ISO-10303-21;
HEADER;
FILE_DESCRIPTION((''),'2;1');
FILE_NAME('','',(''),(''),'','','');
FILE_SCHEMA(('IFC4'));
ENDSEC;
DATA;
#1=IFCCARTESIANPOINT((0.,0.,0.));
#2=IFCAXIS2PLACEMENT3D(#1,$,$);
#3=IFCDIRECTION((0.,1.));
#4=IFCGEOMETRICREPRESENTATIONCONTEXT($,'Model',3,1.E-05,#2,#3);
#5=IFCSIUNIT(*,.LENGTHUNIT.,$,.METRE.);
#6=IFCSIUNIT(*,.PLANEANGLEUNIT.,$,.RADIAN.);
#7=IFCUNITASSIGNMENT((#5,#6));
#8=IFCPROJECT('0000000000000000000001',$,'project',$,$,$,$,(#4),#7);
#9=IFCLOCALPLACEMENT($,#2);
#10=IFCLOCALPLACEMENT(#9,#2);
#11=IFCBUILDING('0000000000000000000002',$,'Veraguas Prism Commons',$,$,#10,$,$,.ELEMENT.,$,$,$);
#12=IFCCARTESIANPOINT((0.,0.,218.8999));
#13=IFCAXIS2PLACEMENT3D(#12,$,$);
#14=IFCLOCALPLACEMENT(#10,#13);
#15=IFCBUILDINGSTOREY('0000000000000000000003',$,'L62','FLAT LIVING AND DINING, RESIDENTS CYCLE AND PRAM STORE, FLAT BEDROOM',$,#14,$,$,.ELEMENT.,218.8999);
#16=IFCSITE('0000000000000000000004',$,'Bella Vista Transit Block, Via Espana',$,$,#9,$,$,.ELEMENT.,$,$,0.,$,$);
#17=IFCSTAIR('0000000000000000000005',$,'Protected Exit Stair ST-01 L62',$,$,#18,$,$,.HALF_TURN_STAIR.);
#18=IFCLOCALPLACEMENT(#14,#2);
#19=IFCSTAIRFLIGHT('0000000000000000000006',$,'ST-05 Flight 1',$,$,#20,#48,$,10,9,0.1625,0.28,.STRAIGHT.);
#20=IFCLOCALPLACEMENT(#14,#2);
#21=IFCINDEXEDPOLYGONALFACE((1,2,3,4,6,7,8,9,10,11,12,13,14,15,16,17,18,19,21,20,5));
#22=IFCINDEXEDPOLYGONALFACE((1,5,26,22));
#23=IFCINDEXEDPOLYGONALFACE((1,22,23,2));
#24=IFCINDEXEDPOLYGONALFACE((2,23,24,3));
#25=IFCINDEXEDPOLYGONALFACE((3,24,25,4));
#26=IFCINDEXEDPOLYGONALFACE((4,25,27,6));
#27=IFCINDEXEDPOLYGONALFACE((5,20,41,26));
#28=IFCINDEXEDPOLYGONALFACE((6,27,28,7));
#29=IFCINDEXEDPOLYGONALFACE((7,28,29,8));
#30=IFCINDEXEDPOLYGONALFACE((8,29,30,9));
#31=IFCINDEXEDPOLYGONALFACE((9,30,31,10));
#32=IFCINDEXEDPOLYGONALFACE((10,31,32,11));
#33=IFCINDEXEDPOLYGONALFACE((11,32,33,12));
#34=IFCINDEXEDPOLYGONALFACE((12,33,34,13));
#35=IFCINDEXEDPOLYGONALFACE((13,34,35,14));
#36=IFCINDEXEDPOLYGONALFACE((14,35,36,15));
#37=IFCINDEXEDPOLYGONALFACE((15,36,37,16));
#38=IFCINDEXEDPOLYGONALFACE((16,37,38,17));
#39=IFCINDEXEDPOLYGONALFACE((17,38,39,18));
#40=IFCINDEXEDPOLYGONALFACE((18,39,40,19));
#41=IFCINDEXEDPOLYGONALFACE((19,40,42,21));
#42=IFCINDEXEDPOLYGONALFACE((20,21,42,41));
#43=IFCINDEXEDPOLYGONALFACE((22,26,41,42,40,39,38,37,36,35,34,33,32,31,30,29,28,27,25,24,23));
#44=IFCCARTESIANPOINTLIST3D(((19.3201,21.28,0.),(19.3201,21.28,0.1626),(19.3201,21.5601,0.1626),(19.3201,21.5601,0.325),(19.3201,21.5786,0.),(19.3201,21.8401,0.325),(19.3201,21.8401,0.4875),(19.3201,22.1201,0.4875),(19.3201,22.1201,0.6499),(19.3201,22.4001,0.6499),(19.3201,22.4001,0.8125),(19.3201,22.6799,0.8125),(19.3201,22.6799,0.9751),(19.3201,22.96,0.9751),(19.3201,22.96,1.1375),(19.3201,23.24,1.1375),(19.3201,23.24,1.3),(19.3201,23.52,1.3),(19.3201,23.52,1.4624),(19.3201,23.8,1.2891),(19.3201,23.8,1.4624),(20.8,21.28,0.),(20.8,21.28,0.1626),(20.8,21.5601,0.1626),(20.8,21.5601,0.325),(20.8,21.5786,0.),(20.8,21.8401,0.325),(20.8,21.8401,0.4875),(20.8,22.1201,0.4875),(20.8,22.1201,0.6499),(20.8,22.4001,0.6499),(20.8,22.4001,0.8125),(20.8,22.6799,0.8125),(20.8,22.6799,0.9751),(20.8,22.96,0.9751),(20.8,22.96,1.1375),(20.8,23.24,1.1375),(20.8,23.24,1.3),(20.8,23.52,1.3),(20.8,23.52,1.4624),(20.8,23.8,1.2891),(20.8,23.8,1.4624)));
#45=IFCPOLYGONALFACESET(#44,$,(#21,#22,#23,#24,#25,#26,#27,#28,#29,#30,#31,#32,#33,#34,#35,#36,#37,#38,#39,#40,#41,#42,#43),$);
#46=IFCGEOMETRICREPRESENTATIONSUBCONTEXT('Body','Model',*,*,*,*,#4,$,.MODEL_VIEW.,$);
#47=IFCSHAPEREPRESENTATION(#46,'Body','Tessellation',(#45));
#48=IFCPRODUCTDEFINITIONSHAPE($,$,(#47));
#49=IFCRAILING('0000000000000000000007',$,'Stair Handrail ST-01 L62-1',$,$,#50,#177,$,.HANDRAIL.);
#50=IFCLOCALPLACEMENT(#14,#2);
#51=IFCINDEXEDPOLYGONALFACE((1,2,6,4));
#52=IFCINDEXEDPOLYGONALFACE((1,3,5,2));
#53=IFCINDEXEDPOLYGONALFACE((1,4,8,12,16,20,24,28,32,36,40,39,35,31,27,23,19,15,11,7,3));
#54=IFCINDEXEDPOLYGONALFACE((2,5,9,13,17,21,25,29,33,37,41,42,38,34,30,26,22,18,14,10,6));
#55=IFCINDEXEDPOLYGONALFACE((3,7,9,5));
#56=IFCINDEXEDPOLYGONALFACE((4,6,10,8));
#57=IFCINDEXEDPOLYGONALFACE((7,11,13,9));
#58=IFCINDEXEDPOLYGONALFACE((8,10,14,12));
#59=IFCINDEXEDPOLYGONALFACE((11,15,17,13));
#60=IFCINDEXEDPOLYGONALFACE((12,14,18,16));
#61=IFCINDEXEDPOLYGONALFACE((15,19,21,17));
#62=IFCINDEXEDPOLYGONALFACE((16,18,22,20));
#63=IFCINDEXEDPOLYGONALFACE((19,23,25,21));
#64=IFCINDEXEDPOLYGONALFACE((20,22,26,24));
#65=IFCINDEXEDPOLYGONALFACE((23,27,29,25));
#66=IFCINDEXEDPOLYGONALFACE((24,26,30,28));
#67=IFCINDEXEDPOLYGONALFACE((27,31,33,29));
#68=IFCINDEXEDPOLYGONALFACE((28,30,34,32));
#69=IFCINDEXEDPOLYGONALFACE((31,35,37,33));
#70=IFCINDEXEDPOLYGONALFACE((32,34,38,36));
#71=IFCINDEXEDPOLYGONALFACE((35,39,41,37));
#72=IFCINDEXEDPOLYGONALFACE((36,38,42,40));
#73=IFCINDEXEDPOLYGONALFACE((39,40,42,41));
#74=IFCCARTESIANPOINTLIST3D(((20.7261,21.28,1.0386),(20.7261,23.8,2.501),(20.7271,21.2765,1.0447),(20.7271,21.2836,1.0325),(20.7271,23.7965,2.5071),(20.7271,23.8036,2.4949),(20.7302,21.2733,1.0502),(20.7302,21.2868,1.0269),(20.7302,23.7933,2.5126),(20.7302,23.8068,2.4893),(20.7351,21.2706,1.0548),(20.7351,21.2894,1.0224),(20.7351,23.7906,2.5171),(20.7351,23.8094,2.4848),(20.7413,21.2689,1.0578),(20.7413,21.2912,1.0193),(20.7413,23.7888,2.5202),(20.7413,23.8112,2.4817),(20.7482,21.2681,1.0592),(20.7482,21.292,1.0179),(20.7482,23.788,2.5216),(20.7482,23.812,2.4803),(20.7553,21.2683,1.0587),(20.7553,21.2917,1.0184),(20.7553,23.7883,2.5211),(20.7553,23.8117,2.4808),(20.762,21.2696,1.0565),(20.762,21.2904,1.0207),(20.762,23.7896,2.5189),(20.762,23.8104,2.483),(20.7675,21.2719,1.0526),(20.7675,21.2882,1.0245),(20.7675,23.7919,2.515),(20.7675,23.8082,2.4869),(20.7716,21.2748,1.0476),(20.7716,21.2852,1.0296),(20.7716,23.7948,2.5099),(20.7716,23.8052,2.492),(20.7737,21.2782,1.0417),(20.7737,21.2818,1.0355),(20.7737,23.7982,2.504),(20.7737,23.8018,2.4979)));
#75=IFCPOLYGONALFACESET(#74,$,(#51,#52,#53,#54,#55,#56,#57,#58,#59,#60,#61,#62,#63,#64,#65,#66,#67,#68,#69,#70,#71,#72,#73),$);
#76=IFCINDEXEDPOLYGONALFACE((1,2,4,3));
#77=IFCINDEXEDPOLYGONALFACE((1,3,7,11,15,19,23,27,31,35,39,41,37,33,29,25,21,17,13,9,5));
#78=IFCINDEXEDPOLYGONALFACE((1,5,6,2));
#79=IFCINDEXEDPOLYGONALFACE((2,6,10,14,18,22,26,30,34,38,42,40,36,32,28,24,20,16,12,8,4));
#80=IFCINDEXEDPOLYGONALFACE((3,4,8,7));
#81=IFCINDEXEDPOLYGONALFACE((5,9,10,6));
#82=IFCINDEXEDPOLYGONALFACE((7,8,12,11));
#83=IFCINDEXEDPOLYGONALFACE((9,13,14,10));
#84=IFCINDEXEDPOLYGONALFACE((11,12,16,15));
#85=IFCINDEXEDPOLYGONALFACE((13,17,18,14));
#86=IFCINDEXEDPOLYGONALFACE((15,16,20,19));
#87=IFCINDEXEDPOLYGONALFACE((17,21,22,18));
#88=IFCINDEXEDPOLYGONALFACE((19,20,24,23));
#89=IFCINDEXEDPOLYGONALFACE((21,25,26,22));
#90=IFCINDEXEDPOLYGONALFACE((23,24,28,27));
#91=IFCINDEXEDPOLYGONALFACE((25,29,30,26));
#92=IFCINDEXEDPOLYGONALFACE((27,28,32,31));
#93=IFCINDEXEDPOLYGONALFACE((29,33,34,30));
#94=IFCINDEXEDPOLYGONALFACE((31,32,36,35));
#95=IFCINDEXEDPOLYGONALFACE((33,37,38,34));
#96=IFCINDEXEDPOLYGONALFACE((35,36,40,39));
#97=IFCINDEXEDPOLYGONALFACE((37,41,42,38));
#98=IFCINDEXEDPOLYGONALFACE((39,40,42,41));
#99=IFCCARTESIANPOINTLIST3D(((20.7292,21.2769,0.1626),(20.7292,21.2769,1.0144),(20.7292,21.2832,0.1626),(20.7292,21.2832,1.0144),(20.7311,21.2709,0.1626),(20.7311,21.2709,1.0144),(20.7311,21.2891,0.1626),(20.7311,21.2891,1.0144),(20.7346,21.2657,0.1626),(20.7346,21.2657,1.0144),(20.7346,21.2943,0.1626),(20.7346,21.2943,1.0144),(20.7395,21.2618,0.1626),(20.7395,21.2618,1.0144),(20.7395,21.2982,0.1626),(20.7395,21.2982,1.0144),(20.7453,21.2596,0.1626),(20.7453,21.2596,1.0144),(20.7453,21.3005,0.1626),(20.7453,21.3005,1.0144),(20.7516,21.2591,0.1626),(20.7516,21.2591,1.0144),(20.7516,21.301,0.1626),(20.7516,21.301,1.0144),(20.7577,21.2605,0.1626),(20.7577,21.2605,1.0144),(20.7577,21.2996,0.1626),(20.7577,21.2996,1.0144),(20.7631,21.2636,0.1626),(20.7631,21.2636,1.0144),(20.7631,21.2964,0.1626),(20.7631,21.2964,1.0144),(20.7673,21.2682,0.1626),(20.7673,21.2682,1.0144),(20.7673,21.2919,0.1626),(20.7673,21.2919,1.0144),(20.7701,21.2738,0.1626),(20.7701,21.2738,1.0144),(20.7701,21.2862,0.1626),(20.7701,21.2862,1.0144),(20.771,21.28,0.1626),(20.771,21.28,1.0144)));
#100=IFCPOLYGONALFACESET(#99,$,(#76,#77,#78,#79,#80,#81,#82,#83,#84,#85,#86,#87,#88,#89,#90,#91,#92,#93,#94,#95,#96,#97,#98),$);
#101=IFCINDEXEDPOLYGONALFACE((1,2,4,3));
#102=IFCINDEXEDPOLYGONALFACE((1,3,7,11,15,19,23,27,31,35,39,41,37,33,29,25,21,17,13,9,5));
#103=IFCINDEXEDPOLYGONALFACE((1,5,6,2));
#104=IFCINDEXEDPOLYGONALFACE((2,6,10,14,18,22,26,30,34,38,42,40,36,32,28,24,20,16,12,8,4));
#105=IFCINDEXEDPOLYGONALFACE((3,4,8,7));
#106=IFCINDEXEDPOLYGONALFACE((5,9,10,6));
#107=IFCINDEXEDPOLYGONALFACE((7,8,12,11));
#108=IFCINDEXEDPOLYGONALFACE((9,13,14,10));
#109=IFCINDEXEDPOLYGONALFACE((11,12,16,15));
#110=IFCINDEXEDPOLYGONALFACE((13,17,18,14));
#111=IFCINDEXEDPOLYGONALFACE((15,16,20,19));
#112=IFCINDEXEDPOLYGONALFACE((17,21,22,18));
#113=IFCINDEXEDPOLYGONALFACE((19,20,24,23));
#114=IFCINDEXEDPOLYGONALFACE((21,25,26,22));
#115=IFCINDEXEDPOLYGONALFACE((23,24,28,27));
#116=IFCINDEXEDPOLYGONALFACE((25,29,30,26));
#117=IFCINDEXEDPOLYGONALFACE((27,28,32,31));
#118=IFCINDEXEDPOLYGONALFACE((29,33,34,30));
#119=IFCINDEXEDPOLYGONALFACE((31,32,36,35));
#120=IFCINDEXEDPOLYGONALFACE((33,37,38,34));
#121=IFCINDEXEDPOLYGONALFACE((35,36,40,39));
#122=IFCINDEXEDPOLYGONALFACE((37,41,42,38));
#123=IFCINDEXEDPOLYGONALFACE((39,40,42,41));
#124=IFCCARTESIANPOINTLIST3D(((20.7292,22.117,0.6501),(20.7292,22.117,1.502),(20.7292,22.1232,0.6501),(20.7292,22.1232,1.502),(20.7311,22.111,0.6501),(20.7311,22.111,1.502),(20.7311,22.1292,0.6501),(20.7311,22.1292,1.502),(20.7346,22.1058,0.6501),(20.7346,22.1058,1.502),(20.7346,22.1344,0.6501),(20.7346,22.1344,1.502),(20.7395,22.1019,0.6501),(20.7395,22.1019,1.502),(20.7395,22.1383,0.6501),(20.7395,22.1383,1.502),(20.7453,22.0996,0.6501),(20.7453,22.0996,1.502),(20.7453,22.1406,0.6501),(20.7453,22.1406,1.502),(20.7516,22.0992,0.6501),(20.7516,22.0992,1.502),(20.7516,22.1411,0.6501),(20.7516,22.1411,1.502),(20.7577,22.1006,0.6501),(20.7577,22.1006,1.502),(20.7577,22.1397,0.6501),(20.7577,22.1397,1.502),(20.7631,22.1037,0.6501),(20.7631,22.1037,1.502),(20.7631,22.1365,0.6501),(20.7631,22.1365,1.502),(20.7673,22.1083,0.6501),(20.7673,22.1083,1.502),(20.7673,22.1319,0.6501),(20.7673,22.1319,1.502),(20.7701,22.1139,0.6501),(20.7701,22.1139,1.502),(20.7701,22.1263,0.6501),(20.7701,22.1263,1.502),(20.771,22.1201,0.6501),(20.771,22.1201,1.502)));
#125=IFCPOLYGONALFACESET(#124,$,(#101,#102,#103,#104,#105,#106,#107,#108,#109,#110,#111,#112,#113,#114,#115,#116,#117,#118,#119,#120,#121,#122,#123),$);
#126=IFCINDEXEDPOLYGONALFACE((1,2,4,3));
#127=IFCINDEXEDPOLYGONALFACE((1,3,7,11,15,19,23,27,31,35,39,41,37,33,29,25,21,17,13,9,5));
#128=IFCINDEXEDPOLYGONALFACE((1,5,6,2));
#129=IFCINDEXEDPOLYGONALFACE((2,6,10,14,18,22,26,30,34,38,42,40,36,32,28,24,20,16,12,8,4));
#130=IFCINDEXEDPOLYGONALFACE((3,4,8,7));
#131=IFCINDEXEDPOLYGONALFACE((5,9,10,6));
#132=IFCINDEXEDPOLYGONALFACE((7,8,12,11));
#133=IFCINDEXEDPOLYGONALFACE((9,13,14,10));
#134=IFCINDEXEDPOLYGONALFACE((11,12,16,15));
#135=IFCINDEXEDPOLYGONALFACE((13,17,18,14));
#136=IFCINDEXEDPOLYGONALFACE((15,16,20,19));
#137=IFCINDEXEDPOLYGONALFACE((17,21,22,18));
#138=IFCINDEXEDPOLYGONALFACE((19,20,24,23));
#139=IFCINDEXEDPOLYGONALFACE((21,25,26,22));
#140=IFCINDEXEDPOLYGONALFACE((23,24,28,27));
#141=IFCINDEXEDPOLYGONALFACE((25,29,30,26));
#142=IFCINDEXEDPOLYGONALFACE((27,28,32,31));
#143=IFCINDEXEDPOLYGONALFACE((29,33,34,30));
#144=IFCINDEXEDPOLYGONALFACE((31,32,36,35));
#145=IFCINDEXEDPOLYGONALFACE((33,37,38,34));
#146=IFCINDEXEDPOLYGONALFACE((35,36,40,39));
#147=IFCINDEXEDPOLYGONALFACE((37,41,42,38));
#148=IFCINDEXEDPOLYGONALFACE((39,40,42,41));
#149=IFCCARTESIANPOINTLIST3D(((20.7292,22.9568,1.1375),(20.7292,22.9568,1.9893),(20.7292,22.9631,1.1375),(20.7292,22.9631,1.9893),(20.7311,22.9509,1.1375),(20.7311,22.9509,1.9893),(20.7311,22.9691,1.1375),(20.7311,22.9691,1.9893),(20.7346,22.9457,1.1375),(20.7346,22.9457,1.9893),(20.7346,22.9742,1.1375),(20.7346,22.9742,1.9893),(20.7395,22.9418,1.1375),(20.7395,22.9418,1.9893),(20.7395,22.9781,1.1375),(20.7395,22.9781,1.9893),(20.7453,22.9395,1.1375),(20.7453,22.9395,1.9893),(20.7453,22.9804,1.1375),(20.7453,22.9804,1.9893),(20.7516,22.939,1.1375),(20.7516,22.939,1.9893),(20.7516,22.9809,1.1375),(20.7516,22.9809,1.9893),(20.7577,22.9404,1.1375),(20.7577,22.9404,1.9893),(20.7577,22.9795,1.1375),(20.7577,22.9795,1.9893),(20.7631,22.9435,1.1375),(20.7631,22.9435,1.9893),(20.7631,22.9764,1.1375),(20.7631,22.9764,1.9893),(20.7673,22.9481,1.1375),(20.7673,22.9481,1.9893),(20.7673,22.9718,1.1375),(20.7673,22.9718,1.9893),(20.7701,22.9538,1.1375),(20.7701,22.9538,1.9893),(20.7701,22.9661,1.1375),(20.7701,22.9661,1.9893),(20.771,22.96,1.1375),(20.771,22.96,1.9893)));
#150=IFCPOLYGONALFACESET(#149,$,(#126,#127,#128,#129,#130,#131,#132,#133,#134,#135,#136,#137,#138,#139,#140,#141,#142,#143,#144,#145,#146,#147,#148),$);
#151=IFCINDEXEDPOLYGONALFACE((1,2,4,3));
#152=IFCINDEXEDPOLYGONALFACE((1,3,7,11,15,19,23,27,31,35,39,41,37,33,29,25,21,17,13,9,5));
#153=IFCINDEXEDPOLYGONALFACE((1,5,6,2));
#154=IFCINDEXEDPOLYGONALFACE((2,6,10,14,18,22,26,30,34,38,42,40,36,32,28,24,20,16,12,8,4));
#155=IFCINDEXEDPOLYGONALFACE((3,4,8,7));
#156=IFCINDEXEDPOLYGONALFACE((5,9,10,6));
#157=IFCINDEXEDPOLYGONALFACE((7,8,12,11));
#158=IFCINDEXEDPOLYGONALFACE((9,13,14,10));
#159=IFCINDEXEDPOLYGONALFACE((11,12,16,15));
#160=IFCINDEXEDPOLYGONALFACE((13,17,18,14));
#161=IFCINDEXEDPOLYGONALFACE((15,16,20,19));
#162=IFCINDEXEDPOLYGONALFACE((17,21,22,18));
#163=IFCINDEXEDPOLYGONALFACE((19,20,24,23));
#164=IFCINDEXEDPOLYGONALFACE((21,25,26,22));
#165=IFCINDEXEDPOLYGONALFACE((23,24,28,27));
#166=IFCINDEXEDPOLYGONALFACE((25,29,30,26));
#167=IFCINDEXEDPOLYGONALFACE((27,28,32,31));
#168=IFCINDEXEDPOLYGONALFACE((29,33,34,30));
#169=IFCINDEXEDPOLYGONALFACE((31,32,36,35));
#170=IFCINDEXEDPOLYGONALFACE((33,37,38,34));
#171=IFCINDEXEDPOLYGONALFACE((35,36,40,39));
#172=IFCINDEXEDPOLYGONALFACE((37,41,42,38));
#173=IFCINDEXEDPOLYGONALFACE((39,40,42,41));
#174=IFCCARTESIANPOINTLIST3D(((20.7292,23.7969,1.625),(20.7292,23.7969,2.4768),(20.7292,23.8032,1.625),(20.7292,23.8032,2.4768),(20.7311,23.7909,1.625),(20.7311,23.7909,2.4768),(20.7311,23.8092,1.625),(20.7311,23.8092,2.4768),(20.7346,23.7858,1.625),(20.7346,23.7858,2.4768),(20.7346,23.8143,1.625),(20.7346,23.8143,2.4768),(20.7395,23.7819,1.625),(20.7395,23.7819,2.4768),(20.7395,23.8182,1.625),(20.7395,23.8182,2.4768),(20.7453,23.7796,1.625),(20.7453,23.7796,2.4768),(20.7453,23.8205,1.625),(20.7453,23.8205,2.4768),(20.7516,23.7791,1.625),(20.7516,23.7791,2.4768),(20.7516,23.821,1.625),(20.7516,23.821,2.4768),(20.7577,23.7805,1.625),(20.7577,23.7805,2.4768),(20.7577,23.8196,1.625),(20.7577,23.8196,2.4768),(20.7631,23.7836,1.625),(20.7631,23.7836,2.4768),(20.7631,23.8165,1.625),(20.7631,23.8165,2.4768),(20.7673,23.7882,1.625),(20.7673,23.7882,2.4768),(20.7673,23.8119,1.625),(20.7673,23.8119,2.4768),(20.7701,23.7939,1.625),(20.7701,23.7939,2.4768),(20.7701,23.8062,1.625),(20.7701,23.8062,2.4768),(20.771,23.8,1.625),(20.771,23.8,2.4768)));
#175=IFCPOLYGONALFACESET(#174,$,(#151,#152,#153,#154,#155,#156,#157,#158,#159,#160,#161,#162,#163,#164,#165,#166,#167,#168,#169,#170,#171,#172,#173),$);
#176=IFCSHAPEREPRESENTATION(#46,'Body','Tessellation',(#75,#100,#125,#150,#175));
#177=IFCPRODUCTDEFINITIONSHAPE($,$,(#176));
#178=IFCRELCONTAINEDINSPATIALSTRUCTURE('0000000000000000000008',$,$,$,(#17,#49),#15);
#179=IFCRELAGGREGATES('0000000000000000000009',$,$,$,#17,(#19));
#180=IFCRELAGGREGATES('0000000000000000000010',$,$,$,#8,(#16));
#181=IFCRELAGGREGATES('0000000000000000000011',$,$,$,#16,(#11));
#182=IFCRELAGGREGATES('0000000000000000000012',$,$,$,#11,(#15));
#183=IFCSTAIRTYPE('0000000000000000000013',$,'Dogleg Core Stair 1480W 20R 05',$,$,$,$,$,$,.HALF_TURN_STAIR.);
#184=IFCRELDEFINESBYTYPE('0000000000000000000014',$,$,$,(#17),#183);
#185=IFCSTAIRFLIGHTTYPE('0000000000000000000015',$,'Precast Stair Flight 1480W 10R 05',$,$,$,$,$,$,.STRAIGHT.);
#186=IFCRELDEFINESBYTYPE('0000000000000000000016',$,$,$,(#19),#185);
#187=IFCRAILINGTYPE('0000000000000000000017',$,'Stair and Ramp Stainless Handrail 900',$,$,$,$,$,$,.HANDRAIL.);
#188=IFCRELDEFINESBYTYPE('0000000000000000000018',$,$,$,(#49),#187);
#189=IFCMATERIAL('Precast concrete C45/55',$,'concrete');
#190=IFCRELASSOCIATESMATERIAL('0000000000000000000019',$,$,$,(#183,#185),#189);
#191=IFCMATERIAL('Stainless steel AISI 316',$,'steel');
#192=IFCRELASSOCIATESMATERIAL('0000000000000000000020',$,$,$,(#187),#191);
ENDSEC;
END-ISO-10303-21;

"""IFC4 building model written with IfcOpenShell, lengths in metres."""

from ifc_helpers import new_model, si_unit, direction, frame, origin, origin_2d, place, context, subcontext, project, spatial, polyline, circle, outline, extrude, material, type_object, element, aggregate, save


model = new_model("IFC4")

# Units and contexts
model_context = context("Model", 3, precision=1e-05, world=origin(), true_north=direction((0.0, 1.0)))
body_context = subcontext(model_context, "Body", "Model", "MODEL_VIEW")
ifc_project = project(units=[si_unit("LENGTHUNIT", "METRE"), si_unit("PLANEANGLEUNIT", "RADIAN")], contexts=[model_context])

# Site, building, storey
site_placement = place(None, origin())
site = spatial("IfcSite", under=ifc_project, at=site_placement, Name="Bella Vista Transit Block, Via Espana", CompositionType="ELEMENT", RefElevation=0.0)
building_placement = place(site_placement, origin())
building = spatial("IfcBuilding", under=site, at=building_placement, Name="Veraguas Prism Commons", CompositionType="ELEMENT")
storey_placement = place(building_placement, frame((0.0, 0.0, 218.8999)))
storey = spatial("IfcBuildingStorey", under=building, at=storey_placement, Name="L62", Description="FLAT LIVING AND DINING, RESIDENTS CYCLE AND PRAM STORE, FLAT BEDROOM", CompositionType="ELEMENT", Elevation=218.8999)

# Stair, stair flight
ifc_material_1 = material(Name="Precast concrete C45/55", Category="concrete")
stair_type = type_object("IfcStairType", Name="Dogleg Core Stair 1480W 20R 05", PredefinedType="HALF_TURN_STAIR", material=ifc_material_1)
stair_placement = place(storey_placement, origin())
stair = element("IfcStair", 1, at=stair_placement, inside=storey, type_object=stair_type, Name="Protected Exit Stair ST-01 L62", PredefinedType="HALF_TURN_STAIR")
stair_flight_type = type_object("IfcStairFlightType", Name="Precast Stair Flight 1480W 10R 05", PredefinedType="STRAIGHT", material=ifc_material_1)
stair_flight_placement = place(storey_placement, frame((20.0601, 21.28, 0.0), z_axis=(0.0, 0.0, 1.0), x_axis=(0.0, 1.0, 0.0)))
stair_flight = element("IfcStairFlight", 2, at=stair_flight_placement, type_object=stair_flight_type, Name="ST-05 Flight 1", NumberOfRisers=10, NumberOfTreads=9, PredefinedType="STRAIGHT", RiserHeight=0.1625, TreadLength=0.28, context=body_context, shape_type="SweptSolid", body=[
    extrude(outline(polyline([(0.0, 0.0), (0.0, 0.1626), (0.28, 0.1626), (0.28, 0.325), (0.5601, 0.325), (0.5601, 0.4875), (0.8401, 0.4875), (0.8401, 0.6499), (1.1201, 0.6499), (1.1201, 0.8125), (1.3999, 0.8125), (1.3999, 0.9751), (1.6799, 0.9751), (1.6799, 1.1375), (1.96, 1.1375), (1.96, 1.3), (2.24, 1.3), (2.24, 1.4624), (2.52, 1.4624), (2.52, 1.625), (2.52, 1.2891), (0.2986, 0.0), (0.0, 0.0)])), frame((0.0, 0.74, 0.0), z_axis=(0.0, -1.0, 0.0), x_axis=(1.0, 0.0, 0.0)), (0.0, 0.0, 1.0), 1.48),
])
aggregate(stair, [stair_flight])

# Railing
ifc_material_2 = material(Name="Stainless steel AISI 316", Category="steel")
railing_type_1 = type_object("IfcRailingType", Name="Stair and Ramp Stainless Handrail 900", PredefinedType="HANDRAIL", material=ifc_material_2)
railing_1_placement = place(storey_placement, frame((20.75, 21.28, 0.1626)))
element("IfcRailing", 3, at=railing_1_placement, inside=storey, type_object=railing_type_1, Name="Stair Handrail ST-01 L62-1", PredefinedType="HANDRAIL", context=body_context, shape_type="SweptSolid", body=[
    extrude(circle(Radius=0.0239, at=origin_2d()), frame((0.0, 0.0, 0.876), z_axis=(0.0, 0.864913, 0.501921), x_axis=(-1.0, 0.0, 0.0)), (0.0, 0.0, 1.0), 2.9136),
    extrude(circle(Radius=0.021, at=origin_2d()), origin(), (0.0, 0.0, 1.0), 0.8518),
    extrude(circle(Radius=0.021, at=origin_2d()), frame((0.0, 0.8401, 0.4875)), (0.0, 0.0, 1.0), 0.8518),
    extrude(circle(Radius=0.021, at=origin_2d()), frame((0.0, 1.6799, 0.9749)), (0.0, 0.0, 1.0), 0.8518),
    extrude(circle(Radius=0.021, at=origin_2d()), frame((0.0, 2.52, 1.4624)), (0.0, 0.0, 1.0), 0.8518),
])

save(model, "model.ifc")
